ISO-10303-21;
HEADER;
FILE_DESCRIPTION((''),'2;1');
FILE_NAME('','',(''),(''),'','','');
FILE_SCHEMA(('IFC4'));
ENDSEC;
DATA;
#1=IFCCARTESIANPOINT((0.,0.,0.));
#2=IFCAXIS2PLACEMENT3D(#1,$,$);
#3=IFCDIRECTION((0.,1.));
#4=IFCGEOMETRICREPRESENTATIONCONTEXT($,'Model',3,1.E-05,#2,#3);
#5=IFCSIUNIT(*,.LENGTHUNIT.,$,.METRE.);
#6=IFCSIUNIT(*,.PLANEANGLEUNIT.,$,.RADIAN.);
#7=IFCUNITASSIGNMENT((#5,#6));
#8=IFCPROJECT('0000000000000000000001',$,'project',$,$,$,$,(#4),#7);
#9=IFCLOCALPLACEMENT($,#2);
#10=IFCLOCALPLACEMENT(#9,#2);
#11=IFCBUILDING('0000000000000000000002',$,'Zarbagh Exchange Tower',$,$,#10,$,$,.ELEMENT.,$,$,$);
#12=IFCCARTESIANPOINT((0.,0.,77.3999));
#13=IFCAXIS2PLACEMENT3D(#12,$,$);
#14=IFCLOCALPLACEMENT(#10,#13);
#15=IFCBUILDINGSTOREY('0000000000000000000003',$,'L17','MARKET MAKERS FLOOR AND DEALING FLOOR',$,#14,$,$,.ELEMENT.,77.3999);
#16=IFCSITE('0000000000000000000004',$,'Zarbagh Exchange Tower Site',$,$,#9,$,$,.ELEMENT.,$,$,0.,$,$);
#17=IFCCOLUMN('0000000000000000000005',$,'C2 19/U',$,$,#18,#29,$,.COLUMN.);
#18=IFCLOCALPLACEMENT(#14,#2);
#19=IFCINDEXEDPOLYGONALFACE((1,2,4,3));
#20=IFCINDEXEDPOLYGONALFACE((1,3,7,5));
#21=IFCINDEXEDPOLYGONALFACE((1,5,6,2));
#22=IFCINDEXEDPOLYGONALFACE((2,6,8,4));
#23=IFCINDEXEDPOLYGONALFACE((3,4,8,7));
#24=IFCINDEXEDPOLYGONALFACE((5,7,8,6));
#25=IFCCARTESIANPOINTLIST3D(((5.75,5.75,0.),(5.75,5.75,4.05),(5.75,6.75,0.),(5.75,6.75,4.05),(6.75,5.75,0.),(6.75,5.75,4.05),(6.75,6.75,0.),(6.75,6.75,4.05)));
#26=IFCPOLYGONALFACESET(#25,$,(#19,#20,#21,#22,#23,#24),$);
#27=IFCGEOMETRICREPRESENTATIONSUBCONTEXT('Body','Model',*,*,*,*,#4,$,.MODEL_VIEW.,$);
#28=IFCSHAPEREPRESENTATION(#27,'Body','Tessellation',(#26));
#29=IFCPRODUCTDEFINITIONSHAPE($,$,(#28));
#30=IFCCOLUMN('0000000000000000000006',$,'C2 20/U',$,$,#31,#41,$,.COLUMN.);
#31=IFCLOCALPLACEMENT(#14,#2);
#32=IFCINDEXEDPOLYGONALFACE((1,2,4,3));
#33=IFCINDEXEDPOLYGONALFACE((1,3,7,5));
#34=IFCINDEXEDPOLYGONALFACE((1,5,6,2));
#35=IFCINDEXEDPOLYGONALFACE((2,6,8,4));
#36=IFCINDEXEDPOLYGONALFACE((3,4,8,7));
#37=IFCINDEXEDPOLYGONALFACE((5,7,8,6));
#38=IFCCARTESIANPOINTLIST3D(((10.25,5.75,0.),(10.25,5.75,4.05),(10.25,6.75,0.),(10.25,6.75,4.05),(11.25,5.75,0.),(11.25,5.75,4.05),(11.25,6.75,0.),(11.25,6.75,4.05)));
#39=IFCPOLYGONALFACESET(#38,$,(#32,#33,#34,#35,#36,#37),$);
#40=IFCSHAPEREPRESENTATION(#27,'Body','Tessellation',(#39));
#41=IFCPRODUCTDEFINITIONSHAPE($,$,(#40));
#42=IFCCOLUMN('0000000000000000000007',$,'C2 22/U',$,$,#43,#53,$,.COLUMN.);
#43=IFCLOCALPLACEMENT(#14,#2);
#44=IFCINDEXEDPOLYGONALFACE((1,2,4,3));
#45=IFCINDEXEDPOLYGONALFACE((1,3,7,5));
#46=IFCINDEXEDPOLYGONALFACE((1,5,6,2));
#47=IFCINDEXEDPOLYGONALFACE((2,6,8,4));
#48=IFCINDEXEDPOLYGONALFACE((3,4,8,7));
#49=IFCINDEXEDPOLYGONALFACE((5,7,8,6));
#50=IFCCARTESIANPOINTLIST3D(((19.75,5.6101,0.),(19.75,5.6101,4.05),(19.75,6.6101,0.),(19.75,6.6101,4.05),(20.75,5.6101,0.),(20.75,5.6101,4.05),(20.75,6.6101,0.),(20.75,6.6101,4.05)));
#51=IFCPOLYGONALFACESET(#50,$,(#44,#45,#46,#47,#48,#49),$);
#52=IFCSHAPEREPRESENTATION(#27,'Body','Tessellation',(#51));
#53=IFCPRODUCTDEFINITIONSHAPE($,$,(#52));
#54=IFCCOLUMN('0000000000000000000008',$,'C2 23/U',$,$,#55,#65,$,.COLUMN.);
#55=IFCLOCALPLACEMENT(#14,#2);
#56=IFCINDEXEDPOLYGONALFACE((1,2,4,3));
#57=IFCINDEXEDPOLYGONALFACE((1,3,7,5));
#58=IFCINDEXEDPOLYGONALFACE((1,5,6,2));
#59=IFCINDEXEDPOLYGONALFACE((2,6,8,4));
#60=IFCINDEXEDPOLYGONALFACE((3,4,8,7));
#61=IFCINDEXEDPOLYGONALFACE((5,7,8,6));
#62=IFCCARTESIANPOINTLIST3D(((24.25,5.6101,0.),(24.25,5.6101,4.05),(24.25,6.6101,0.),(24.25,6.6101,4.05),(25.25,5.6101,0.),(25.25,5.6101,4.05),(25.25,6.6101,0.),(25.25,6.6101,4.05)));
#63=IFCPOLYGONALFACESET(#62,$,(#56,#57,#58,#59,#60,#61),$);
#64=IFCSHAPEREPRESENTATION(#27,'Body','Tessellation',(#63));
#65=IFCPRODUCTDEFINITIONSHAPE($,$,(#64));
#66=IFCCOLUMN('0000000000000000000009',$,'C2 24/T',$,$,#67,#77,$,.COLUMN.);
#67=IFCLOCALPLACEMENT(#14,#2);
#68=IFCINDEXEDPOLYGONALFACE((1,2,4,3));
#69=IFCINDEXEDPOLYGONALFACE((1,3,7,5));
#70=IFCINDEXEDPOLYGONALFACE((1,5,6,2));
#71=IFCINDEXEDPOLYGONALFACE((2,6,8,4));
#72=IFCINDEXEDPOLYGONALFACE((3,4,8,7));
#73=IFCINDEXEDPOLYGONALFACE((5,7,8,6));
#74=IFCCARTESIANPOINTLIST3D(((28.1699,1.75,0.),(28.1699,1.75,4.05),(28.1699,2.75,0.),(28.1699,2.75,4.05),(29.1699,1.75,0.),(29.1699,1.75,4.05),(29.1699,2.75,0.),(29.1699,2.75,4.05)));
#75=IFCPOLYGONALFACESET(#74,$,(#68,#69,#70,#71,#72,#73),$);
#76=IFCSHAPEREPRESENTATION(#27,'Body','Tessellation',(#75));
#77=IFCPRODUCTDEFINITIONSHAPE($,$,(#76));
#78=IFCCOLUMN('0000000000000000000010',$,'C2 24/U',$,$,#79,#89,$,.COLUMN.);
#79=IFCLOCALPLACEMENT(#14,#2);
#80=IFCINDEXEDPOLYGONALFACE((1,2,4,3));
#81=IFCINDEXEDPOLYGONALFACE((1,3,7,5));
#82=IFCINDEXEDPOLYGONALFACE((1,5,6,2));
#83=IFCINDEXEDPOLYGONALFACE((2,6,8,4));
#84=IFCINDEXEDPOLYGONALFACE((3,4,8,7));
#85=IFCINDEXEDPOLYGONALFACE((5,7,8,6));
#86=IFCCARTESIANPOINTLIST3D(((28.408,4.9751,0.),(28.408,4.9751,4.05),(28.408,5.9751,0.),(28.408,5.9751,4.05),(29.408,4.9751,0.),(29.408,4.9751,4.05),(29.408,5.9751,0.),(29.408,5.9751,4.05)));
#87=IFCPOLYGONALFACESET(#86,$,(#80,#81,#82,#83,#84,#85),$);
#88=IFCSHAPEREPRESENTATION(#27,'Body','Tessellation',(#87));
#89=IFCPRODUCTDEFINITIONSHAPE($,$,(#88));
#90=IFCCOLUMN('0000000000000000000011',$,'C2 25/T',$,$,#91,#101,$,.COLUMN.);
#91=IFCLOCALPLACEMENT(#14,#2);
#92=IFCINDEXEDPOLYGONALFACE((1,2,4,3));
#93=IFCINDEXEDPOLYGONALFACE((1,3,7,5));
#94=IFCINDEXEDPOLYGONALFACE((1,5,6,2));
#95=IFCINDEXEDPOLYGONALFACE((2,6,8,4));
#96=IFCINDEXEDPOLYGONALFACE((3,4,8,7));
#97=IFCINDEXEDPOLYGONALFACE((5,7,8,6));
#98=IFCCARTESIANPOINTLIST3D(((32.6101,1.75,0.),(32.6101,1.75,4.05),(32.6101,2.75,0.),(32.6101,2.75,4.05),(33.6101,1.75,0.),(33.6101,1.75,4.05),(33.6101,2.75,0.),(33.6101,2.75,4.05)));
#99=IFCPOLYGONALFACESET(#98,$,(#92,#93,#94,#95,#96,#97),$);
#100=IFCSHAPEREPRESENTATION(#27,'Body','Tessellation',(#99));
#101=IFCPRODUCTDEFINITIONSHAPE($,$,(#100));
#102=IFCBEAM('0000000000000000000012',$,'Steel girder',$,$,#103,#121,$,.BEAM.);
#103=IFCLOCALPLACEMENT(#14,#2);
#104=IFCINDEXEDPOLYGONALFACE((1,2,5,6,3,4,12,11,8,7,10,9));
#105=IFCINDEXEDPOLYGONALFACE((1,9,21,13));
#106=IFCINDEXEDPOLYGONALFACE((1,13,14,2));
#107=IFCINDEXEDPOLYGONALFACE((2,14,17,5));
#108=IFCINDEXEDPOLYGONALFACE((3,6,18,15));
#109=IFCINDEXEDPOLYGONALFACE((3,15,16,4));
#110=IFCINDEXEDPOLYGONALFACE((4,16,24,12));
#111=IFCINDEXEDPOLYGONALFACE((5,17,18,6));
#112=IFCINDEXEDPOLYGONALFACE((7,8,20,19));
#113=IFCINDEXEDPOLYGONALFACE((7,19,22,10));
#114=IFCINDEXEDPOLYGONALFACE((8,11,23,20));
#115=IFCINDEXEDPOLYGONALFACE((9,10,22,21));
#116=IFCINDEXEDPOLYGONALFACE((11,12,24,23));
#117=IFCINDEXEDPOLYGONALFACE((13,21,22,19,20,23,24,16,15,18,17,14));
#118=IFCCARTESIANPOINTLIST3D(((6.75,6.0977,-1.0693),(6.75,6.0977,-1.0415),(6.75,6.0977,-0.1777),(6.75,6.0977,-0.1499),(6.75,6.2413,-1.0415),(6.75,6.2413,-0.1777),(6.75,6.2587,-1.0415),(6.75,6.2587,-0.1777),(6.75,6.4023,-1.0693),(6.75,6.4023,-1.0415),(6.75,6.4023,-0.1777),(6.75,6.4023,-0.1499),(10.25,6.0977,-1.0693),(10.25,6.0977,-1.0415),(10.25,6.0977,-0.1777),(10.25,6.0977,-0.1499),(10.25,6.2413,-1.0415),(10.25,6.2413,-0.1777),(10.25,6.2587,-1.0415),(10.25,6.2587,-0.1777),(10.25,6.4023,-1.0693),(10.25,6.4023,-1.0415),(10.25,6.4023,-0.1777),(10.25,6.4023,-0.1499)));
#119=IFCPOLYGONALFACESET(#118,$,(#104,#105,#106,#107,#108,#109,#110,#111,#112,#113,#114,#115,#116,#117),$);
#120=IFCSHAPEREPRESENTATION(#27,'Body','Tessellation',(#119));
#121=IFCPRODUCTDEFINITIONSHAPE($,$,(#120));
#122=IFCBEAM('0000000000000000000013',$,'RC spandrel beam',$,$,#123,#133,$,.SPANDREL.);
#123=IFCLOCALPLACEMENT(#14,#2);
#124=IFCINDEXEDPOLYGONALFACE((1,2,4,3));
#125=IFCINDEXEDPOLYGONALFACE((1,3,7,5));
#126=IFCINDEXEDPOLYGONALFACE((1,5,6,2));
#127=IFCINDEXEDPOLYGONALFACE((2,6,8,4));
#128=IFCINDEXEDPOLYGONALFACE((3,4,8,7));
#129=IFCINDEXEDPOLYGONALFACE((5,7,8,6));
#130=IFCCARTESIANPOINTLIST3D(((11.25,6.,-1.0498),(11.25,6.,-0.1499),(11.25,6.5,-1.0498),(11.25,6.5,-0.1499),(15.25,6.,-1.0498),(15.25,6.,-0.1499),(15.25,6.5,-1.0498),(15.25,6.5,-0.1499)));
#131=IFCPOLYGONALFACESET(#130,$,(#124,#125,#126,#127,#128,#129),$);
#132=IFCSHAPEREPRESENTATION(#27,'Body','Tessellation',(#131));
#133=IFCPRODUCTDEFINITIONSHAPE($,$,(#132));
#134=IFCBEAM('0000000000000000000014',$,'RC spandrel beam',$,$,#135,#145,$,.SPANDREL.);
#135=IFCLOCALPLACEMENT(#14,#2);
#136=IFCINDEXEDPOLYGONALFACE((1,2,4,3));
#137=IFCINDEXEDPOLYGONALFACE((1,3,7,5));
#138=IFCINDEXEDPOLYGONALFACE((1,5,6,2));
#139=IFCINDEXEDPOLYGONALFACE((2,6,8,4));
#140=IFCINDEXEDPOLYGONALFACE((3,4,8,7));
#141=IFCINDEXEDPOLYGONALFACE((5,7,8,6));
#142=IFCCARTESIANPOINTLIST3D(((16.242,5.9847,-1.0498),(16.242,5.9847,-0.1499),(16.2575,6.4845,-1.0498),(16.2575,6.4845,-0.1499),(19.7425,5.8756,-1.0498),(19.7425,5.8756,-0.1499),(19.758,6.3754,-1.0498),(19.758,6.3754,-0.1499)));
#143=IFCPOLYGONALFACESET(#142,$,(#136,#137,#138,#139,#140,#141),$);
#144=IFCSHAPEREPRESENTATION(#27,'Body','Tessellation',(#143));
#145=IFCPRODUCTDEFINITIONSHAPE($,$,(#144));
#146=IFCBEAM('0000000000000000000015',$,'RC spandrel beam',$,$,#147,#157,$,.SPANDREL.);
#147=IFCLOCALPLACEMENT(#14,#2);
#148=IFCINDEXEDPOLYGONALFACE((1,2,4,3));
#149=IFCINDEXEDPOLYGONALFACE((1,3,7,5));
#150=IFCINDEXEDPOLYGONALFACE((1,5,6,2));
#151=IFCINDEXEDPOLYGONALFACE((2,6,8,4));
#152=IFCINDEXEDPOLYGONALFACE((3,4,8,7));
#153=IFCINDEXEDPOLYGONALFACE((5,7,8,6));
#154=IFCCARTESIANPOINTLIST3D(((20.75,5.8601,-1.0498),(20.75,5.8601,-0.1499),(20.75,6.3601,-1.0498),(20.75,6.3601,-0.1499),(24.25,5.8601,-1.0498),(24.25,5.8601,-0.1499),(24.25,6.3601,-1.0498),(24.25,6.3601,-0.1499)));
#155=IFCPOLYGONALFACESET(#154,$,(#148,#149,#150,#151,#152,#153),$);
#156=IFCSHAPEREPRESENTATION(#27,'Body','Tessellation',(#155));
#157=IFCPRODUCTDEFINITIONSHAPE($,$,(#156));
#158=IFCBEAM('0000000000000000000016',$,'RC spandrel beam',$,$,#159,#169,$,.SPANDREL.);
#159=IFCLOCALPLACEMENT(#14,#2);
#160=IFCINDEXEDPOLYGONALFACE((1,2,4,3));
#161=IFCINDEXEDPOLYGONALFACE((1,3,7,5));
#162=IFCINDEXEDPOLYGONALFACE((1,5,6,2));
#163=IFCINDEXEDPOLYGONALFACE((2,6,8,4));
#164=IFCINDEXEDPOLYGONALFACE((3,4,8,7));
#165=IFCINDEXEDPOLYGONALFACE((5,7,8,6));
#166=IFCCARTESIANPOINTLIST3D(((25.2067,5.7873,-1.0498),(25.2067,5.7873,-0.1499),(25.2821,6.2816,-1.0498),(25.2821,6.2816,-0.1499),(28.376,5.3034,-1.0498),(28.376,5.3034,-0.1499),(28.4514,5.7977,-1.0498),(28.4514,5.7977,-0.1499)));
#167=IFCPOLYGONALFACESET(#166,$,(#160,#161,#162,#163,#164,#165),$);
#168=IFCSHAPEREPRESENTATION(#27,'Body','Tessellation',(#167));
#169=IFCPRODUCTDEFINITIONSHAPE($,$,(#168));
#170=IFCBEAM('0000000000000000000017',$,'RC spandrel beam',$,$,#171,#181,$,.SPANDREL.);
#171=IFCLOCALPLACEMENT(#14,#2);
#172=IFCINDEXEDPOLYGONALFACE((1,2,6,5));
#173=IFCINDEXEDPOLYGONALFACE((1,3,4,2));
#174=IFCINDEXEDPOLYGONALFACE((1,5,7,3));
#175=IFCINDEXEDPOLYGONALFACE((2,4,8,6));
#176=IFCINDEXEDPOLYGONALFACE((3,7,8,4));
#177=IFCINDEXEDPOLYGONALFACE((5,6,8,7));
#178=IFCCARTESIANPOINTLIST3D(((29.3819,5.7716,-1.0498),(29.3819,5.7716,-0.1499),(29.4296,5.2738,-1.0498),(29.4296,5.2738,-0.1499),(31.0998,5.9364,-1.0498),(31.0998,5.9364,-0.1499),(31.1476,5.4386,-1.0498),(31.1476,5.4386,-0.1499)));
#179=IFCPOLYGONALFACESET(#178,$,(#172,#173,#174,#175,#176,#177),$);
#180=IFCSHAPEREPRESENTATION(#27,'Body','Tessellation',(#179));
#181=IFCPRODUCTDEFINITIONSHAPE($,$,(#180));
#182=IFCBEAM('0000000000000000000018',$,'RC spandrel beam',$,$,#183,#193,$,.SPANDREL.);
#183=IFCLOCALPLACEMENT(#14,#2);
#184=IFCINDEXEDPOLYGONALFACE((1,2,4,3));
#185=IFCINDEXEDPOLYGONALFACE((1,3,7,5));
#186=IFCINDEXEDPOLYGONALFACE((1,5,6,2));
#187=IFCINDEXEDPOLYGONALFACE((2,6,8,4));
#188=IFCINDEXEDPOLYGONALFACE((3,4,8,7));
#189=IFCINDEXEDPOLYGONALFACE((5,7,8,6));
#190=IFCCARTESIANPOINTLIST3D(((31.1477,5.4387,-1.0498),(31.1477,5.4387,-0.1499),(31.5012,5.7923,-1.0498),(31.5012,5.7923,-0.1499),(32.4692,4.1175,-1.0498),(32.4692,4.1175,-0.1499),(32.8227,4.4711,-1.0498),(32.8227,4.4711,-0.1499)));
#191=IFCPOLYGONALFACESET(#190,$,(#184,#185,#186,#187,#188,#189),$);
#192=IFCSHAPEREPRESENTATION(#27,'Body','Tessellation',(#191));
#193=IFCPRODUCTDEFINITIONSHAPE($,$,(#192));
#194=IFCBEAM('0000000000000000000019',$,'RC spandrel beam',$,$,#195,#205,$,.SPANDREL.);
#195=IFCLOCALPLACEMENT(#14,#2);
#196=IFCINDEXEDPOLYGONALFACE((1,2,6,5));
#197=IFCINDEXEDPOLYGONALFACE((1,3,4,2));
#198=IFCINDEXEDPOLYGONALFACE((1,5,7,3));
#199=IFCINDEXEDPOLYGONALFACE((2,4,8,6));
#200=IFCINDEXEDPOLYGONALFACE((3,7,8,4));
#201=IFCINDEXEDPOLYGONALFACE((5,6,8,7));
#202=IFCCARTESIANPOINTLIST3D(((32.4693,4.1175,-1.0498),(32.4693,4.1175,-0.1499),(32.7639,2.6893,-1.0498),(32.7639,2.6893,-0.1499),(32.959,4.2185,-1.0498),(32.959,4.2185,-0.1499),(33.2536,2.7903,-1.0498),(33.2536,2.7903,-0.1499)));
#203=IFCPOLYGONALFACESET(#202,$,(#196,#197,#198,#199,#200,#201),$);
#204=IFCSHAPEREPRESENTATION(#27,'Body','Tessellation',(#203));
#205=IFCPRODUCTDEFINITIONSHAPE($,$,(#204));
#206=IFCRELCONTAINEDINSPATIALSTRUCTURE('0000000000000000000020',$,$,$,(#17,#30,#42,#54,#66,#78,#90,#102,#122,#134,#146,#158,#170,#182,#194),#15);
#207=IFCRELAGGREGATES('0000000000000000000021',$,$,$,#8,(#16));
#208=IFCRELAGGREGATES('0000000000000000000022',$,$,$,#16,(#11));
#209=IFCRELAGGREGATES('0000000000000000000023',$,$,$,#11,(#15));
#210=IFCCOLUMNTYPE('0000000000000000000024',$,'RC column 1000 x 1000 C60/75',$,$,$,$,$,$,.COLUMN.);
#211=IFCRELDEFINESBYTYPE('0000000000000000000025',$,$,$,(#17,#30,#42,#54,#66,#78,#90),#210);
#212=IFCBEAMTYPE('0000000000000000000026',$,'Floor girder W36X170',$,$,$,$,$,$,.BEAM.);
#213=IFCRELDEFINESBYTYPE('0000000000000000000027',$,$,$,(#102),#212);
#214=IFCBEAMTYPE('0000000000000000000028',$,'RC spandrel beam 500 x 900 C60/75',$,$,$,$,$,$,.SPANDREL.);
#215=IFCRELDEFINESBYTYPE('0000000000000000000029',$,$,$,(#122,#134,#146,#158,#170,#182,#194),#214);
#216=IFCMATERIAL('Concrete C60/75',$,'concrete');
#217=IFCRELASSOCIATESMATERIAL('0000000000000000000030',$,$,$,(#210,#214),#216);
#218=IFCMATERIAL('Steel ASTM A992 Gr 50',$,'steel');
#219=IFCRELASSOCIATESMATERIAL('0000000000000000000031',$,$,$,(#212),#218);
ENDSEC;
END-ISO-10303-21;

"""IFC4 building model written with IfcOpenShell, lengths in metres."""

from ifc_helpers import new_model, si_unit, direction, frame, origin, origin_2d, place, context, subcontext, project, spatial, rectangle, i_section, extrude, material, material_profile, profile_set, type_object, element, save


model = new_model("IFC4")

# Units and contexts
model_context = context("Model", 3, precision=1e-05, world=origin(), true_north=direction((0.0, 1.0)))
body_context = subcontext(model_context, "Body", "Model", "MODEL_VIEW")
ifc_project = project(units=[si_unit("LENGTHUNIT", "METRE"), si_unit("PLANEANGLEUNIT", "RADIAN")], contexts=[model_context])

# Site, building, storey
site_placement = place(None, origin())
site = spatial("IfcSite", under=ifc_project, at=site_placement, Name="Zarbagh Exchange Tower Site", CompositionType="ELEMENT", RefElevation=0.0)
building_placement = place(site_placement, origin())
building = spatial("IfcBuilding", under=site, at=building_placement, Name="Zarbagh Exchange Tower", CompositionType="ELEMENT")
storey_placement = place(building_placement, frame((0.0, 0.0, 77.3999)))
storey = spatial("IfcBuildingStorey", under=building, at=storey_placement, Name="L17", Description="MARKET MAKERS FLOOR AND DEALING FLOOR", CompositionType="ELEMENT", Elevation=77.3999)

# Columns
ifc_material_1 = material(Name="Concrete C60/75", Category="concrete")
ifc_material_profile_1 = material_profile(ifc_material_1, rectangle(XDim=1.0, YDim=1.0, at=origin_2d()), Name="RC column 1000 x 1000 C60/75")
ifc_profile_set_1 = profile_set([ifc_material_profile_1], Name="Concrete C60/75")
column_type = type_object("IfcColumnType", Name="RC column 1000 x 1000 C60/75", PredefinedType="COLUMN", material=ifc_profile_set_1)
for number, where, z_axis, x_axis, name in (
    (1, (6.25, 6.25, 0.0), (0.0, 0.0, 1.0), (1.0, 0.0, 0.0), "C2 19/U"),
    (2, (10.75, 6.25, 0.0), (0.0, 0.0, 1.0), (1.0, 0.0, 0.0), "C2 20/U"),
    (3, (20.25, 6.1101, 0.0), (0.0, 0.0, 1.0), (1.0, 0.0, 0.0), "C2 22/U"),
    (4, (24.75, 6.1101, 0.0), (0.0, 0.0, 1.0), (1.0, 0.0, 0.0), "C2 23/U"),
    (5, (28.6699, 2.25, 0.0), (0.0, 0.0, 1.0), (1.0, 0.0, 0.0), "C2 24/T"),
    (6, (28.908, 5.4751, 0.0), (0.0, 0.0, 1.0), (1.0, 0.0, 0.0), "C2 24/U"),
    (7, (33.1101, 2.25, 0.0), (0.0, 0.0, 1.0), (1.0, 0.0, 0.0), "C2 25/T"),
):
    element("IfcColumn", number, at=place(storey_placement, frame(where, z_axis=z_axis, x_axis=x_axis)), inside=storey, type_object=column_type, Name=name, PredefinedType="COLUMN", context=body_context, shape_type="SweptSolid", body=[
        extrude(rectangle(XDim=1.0, YDim=1.0, at=origin_2d()), origin(), (0.0, 0.0, 1.0), 4.05),
    ])

# Beams
ifc_material_2 = material(Name="Steel ASTM A992 Gr 50", Category="steel")
ifc_material_profile_2 = material_profile(ifc_material_2, i_section(OverallWidth=0.3047, OverallDepth=0.9194, WebThickness=0.0173, FlangeThickness=0.0278, at=origin_2d()), Name="W36X170")
ifc_profile_set_2 = profile_set([ifc_material_profile_2], Name="Steel ASTM A992 Gr 50")
beam_type_1 = type_object("IfcBeamType", Name="Floor girder W36X170", PredefinedType="BEAM", material=ifc_profile_set_2)
beam_1_placement = place(storey_placement, frame((6.75, 6.25, -0.6096), z_axis=(1.0, 0.0, 0.0), x_axis=(0.0, 1.0, 0.0)))
element("IfcBeam", 8, at=beam_1_placement, inside=storey, type_object=beam_type_1, Name="Steel girder", PredefinedType="BEAM", context=body_context, shape_type="SweptSolid", body=[
    extrude(i_section(OverallWidth=0.3047, OverallDepth=0.9194, WebThickness=0.0173, FlangeThickness=0.0278, at=origin_2d()), origin(), (0.0, 0.0, 1.0), 3.5),
])
ifc_material_profile_3 = material_profile(ifc_material_1, rectangle(XDim=0.5, YDim=0.8999, at=origin_2d()), Name="RC spandrel beam 500 x 900 C60/75")
ifc_profile_set_3 = profile_set([ifc_material_profile_3], Name="Concrete C60/75")
beam_type_2 = type_object("IfcBeamType", Name="RC spandrel beam 500 x 900 C60/75", PredefinedType="SPANDREL", material=ifc_profile_set_3)
beam_2_placement = place(storey_placement, frame((11.25, 6.25, -0.5999), z_axis=(1.0, 0.0, 0.0), x_axis=(0.0, 1.0, 0.0)))
element("IfcBeam", 9, at=beam_2_placement, inside=storey, type_object=beam_type_2, Name="RC spandrel beam", PredefinedType="SPANDREL", context=body_context, shape_type="SweptSolid", body=[
    extrude(rectangle(XDim=0.5, YDim=0.8999, at=origin_2d()), origin(), (0.0, 0.0, 1.0), 4.0),
])
beam_3_placement = place(storey_placement, frame((16.2498, 6.2346, -0.5999), z_axis=(0.999514, -0.031161, 0.0), x_axis=(0.031161, 0.999514, 0.0)))
element("IfcBeam", 10, at=beam_3_placement, inside=storey, type_object=beam_type_2, Name="RC spandrel beam", PredefinedType="SPANDREL", context=body_context, shape_type="SweptSolid", body=[
    extrude(rectangle(XDim=0.5, YDim=0.8999, at=origin_2d()), origin(), (0.0, 0.0, 1.0), 3.5022),
])
beam_4_placement = place(storey_placement, frame((20.75, 6.1101, -0.5999), z_axis=(1.0, 0.0, 0.0), x_axis=(0.0, 1.0, 0.0)))
element("IfcBeam", 11, at=beam_4_placement, inside=storey, type_object=beam_type_2, Name="RC spandrel beam", PredefinedType="SPANDREL", context=body_context, shape_type="SweptSolid", body=[
    extrude(rectangle(XDim=0.5, YDim=0.8999, at=origin_2d()), origin(), (0.0, 0.0, 1.0), 3.5),
])
beam_5_placement = place(storey_placement, frame((25.2444, 6.0344, -0.5999), z_axis=(0.988545, -0.150924, 0.0), x_axis=(0.150924, 0.988545, 0.0)))
element("IfcBeam", 12, at=beam_5_placement, inside=storey, type_object=beam_type_2, Name="RC spandrel beam", PredefinedType="SPANDREL", context=body_context, shape_type="SweptSolid", body=[
    extrude(rectangle(XDim=0.5, YDim=0.8999, at=origin_2d()), origin(), (0.0, 0.0, 1.0), 3.2061),
])
beam_6_placement = place(storey_placement, frame((29.4058, 5.5227, -0.5999), z_axis=(0.995431, 0.095483, 0.0), x_axis=(-0.095483, 0.995431, 0.0)))
element("IfcBeam", 13, at=beam_6_placement, inside=storey, type_object=beam_type_2, Name="RC spandrel beam", PredefinedType="SPANDREL", context=body_context, shape_type="SweptSolid", body=[
    extrude(rectangle(XDim=0.5, YDim=0.8999, at=origin_2d()), origin(), (0.0, 0.0, 1.0), 1.7258),
])
beam_7_placement = place(storey_placement, frame((31.3245, 5.6155, -0.5999), z_axis=(0.707172, -0.707041, 0.0), x_axis=(0.707041, 0.707172, 0.0)))
element("IfcBeam", 14, at=beam_7_placement, inside=storey, type_object=beam_type_2, Name="RC spandrel beam", PredefinedType="SPANDREL", context=body_context, shape_type="SweptSolid", body=[
    extrude(rectangle(XDim=0.5, YDim=0.8999, at=origin_2d()), origin(), (0.0, 0.0, 1.0), 1.8687),
])
beam_8_placement = place(storey_placement, frame((32.7141, 4.168, -0.5999), z_axis=(0.202069, -0.979371, 0.0), x_axis=(0.979371, 0.202069, 0.0)))
element("IfcBeam", 15, at=beam_8_placement, inside=storey, type_object=beam_type_2, Name="RC spandrel beam", PredefinedType="SPANDREL", context=body_context, shape_type="SweptSolid", body=[
    extrude(rectangle(XDim=0.5, YDim=0.8999, at=origin_2d()), origin(), (0.0, 0.0, 1.0), 1.4583),
])

save(model, "model.ifc")
